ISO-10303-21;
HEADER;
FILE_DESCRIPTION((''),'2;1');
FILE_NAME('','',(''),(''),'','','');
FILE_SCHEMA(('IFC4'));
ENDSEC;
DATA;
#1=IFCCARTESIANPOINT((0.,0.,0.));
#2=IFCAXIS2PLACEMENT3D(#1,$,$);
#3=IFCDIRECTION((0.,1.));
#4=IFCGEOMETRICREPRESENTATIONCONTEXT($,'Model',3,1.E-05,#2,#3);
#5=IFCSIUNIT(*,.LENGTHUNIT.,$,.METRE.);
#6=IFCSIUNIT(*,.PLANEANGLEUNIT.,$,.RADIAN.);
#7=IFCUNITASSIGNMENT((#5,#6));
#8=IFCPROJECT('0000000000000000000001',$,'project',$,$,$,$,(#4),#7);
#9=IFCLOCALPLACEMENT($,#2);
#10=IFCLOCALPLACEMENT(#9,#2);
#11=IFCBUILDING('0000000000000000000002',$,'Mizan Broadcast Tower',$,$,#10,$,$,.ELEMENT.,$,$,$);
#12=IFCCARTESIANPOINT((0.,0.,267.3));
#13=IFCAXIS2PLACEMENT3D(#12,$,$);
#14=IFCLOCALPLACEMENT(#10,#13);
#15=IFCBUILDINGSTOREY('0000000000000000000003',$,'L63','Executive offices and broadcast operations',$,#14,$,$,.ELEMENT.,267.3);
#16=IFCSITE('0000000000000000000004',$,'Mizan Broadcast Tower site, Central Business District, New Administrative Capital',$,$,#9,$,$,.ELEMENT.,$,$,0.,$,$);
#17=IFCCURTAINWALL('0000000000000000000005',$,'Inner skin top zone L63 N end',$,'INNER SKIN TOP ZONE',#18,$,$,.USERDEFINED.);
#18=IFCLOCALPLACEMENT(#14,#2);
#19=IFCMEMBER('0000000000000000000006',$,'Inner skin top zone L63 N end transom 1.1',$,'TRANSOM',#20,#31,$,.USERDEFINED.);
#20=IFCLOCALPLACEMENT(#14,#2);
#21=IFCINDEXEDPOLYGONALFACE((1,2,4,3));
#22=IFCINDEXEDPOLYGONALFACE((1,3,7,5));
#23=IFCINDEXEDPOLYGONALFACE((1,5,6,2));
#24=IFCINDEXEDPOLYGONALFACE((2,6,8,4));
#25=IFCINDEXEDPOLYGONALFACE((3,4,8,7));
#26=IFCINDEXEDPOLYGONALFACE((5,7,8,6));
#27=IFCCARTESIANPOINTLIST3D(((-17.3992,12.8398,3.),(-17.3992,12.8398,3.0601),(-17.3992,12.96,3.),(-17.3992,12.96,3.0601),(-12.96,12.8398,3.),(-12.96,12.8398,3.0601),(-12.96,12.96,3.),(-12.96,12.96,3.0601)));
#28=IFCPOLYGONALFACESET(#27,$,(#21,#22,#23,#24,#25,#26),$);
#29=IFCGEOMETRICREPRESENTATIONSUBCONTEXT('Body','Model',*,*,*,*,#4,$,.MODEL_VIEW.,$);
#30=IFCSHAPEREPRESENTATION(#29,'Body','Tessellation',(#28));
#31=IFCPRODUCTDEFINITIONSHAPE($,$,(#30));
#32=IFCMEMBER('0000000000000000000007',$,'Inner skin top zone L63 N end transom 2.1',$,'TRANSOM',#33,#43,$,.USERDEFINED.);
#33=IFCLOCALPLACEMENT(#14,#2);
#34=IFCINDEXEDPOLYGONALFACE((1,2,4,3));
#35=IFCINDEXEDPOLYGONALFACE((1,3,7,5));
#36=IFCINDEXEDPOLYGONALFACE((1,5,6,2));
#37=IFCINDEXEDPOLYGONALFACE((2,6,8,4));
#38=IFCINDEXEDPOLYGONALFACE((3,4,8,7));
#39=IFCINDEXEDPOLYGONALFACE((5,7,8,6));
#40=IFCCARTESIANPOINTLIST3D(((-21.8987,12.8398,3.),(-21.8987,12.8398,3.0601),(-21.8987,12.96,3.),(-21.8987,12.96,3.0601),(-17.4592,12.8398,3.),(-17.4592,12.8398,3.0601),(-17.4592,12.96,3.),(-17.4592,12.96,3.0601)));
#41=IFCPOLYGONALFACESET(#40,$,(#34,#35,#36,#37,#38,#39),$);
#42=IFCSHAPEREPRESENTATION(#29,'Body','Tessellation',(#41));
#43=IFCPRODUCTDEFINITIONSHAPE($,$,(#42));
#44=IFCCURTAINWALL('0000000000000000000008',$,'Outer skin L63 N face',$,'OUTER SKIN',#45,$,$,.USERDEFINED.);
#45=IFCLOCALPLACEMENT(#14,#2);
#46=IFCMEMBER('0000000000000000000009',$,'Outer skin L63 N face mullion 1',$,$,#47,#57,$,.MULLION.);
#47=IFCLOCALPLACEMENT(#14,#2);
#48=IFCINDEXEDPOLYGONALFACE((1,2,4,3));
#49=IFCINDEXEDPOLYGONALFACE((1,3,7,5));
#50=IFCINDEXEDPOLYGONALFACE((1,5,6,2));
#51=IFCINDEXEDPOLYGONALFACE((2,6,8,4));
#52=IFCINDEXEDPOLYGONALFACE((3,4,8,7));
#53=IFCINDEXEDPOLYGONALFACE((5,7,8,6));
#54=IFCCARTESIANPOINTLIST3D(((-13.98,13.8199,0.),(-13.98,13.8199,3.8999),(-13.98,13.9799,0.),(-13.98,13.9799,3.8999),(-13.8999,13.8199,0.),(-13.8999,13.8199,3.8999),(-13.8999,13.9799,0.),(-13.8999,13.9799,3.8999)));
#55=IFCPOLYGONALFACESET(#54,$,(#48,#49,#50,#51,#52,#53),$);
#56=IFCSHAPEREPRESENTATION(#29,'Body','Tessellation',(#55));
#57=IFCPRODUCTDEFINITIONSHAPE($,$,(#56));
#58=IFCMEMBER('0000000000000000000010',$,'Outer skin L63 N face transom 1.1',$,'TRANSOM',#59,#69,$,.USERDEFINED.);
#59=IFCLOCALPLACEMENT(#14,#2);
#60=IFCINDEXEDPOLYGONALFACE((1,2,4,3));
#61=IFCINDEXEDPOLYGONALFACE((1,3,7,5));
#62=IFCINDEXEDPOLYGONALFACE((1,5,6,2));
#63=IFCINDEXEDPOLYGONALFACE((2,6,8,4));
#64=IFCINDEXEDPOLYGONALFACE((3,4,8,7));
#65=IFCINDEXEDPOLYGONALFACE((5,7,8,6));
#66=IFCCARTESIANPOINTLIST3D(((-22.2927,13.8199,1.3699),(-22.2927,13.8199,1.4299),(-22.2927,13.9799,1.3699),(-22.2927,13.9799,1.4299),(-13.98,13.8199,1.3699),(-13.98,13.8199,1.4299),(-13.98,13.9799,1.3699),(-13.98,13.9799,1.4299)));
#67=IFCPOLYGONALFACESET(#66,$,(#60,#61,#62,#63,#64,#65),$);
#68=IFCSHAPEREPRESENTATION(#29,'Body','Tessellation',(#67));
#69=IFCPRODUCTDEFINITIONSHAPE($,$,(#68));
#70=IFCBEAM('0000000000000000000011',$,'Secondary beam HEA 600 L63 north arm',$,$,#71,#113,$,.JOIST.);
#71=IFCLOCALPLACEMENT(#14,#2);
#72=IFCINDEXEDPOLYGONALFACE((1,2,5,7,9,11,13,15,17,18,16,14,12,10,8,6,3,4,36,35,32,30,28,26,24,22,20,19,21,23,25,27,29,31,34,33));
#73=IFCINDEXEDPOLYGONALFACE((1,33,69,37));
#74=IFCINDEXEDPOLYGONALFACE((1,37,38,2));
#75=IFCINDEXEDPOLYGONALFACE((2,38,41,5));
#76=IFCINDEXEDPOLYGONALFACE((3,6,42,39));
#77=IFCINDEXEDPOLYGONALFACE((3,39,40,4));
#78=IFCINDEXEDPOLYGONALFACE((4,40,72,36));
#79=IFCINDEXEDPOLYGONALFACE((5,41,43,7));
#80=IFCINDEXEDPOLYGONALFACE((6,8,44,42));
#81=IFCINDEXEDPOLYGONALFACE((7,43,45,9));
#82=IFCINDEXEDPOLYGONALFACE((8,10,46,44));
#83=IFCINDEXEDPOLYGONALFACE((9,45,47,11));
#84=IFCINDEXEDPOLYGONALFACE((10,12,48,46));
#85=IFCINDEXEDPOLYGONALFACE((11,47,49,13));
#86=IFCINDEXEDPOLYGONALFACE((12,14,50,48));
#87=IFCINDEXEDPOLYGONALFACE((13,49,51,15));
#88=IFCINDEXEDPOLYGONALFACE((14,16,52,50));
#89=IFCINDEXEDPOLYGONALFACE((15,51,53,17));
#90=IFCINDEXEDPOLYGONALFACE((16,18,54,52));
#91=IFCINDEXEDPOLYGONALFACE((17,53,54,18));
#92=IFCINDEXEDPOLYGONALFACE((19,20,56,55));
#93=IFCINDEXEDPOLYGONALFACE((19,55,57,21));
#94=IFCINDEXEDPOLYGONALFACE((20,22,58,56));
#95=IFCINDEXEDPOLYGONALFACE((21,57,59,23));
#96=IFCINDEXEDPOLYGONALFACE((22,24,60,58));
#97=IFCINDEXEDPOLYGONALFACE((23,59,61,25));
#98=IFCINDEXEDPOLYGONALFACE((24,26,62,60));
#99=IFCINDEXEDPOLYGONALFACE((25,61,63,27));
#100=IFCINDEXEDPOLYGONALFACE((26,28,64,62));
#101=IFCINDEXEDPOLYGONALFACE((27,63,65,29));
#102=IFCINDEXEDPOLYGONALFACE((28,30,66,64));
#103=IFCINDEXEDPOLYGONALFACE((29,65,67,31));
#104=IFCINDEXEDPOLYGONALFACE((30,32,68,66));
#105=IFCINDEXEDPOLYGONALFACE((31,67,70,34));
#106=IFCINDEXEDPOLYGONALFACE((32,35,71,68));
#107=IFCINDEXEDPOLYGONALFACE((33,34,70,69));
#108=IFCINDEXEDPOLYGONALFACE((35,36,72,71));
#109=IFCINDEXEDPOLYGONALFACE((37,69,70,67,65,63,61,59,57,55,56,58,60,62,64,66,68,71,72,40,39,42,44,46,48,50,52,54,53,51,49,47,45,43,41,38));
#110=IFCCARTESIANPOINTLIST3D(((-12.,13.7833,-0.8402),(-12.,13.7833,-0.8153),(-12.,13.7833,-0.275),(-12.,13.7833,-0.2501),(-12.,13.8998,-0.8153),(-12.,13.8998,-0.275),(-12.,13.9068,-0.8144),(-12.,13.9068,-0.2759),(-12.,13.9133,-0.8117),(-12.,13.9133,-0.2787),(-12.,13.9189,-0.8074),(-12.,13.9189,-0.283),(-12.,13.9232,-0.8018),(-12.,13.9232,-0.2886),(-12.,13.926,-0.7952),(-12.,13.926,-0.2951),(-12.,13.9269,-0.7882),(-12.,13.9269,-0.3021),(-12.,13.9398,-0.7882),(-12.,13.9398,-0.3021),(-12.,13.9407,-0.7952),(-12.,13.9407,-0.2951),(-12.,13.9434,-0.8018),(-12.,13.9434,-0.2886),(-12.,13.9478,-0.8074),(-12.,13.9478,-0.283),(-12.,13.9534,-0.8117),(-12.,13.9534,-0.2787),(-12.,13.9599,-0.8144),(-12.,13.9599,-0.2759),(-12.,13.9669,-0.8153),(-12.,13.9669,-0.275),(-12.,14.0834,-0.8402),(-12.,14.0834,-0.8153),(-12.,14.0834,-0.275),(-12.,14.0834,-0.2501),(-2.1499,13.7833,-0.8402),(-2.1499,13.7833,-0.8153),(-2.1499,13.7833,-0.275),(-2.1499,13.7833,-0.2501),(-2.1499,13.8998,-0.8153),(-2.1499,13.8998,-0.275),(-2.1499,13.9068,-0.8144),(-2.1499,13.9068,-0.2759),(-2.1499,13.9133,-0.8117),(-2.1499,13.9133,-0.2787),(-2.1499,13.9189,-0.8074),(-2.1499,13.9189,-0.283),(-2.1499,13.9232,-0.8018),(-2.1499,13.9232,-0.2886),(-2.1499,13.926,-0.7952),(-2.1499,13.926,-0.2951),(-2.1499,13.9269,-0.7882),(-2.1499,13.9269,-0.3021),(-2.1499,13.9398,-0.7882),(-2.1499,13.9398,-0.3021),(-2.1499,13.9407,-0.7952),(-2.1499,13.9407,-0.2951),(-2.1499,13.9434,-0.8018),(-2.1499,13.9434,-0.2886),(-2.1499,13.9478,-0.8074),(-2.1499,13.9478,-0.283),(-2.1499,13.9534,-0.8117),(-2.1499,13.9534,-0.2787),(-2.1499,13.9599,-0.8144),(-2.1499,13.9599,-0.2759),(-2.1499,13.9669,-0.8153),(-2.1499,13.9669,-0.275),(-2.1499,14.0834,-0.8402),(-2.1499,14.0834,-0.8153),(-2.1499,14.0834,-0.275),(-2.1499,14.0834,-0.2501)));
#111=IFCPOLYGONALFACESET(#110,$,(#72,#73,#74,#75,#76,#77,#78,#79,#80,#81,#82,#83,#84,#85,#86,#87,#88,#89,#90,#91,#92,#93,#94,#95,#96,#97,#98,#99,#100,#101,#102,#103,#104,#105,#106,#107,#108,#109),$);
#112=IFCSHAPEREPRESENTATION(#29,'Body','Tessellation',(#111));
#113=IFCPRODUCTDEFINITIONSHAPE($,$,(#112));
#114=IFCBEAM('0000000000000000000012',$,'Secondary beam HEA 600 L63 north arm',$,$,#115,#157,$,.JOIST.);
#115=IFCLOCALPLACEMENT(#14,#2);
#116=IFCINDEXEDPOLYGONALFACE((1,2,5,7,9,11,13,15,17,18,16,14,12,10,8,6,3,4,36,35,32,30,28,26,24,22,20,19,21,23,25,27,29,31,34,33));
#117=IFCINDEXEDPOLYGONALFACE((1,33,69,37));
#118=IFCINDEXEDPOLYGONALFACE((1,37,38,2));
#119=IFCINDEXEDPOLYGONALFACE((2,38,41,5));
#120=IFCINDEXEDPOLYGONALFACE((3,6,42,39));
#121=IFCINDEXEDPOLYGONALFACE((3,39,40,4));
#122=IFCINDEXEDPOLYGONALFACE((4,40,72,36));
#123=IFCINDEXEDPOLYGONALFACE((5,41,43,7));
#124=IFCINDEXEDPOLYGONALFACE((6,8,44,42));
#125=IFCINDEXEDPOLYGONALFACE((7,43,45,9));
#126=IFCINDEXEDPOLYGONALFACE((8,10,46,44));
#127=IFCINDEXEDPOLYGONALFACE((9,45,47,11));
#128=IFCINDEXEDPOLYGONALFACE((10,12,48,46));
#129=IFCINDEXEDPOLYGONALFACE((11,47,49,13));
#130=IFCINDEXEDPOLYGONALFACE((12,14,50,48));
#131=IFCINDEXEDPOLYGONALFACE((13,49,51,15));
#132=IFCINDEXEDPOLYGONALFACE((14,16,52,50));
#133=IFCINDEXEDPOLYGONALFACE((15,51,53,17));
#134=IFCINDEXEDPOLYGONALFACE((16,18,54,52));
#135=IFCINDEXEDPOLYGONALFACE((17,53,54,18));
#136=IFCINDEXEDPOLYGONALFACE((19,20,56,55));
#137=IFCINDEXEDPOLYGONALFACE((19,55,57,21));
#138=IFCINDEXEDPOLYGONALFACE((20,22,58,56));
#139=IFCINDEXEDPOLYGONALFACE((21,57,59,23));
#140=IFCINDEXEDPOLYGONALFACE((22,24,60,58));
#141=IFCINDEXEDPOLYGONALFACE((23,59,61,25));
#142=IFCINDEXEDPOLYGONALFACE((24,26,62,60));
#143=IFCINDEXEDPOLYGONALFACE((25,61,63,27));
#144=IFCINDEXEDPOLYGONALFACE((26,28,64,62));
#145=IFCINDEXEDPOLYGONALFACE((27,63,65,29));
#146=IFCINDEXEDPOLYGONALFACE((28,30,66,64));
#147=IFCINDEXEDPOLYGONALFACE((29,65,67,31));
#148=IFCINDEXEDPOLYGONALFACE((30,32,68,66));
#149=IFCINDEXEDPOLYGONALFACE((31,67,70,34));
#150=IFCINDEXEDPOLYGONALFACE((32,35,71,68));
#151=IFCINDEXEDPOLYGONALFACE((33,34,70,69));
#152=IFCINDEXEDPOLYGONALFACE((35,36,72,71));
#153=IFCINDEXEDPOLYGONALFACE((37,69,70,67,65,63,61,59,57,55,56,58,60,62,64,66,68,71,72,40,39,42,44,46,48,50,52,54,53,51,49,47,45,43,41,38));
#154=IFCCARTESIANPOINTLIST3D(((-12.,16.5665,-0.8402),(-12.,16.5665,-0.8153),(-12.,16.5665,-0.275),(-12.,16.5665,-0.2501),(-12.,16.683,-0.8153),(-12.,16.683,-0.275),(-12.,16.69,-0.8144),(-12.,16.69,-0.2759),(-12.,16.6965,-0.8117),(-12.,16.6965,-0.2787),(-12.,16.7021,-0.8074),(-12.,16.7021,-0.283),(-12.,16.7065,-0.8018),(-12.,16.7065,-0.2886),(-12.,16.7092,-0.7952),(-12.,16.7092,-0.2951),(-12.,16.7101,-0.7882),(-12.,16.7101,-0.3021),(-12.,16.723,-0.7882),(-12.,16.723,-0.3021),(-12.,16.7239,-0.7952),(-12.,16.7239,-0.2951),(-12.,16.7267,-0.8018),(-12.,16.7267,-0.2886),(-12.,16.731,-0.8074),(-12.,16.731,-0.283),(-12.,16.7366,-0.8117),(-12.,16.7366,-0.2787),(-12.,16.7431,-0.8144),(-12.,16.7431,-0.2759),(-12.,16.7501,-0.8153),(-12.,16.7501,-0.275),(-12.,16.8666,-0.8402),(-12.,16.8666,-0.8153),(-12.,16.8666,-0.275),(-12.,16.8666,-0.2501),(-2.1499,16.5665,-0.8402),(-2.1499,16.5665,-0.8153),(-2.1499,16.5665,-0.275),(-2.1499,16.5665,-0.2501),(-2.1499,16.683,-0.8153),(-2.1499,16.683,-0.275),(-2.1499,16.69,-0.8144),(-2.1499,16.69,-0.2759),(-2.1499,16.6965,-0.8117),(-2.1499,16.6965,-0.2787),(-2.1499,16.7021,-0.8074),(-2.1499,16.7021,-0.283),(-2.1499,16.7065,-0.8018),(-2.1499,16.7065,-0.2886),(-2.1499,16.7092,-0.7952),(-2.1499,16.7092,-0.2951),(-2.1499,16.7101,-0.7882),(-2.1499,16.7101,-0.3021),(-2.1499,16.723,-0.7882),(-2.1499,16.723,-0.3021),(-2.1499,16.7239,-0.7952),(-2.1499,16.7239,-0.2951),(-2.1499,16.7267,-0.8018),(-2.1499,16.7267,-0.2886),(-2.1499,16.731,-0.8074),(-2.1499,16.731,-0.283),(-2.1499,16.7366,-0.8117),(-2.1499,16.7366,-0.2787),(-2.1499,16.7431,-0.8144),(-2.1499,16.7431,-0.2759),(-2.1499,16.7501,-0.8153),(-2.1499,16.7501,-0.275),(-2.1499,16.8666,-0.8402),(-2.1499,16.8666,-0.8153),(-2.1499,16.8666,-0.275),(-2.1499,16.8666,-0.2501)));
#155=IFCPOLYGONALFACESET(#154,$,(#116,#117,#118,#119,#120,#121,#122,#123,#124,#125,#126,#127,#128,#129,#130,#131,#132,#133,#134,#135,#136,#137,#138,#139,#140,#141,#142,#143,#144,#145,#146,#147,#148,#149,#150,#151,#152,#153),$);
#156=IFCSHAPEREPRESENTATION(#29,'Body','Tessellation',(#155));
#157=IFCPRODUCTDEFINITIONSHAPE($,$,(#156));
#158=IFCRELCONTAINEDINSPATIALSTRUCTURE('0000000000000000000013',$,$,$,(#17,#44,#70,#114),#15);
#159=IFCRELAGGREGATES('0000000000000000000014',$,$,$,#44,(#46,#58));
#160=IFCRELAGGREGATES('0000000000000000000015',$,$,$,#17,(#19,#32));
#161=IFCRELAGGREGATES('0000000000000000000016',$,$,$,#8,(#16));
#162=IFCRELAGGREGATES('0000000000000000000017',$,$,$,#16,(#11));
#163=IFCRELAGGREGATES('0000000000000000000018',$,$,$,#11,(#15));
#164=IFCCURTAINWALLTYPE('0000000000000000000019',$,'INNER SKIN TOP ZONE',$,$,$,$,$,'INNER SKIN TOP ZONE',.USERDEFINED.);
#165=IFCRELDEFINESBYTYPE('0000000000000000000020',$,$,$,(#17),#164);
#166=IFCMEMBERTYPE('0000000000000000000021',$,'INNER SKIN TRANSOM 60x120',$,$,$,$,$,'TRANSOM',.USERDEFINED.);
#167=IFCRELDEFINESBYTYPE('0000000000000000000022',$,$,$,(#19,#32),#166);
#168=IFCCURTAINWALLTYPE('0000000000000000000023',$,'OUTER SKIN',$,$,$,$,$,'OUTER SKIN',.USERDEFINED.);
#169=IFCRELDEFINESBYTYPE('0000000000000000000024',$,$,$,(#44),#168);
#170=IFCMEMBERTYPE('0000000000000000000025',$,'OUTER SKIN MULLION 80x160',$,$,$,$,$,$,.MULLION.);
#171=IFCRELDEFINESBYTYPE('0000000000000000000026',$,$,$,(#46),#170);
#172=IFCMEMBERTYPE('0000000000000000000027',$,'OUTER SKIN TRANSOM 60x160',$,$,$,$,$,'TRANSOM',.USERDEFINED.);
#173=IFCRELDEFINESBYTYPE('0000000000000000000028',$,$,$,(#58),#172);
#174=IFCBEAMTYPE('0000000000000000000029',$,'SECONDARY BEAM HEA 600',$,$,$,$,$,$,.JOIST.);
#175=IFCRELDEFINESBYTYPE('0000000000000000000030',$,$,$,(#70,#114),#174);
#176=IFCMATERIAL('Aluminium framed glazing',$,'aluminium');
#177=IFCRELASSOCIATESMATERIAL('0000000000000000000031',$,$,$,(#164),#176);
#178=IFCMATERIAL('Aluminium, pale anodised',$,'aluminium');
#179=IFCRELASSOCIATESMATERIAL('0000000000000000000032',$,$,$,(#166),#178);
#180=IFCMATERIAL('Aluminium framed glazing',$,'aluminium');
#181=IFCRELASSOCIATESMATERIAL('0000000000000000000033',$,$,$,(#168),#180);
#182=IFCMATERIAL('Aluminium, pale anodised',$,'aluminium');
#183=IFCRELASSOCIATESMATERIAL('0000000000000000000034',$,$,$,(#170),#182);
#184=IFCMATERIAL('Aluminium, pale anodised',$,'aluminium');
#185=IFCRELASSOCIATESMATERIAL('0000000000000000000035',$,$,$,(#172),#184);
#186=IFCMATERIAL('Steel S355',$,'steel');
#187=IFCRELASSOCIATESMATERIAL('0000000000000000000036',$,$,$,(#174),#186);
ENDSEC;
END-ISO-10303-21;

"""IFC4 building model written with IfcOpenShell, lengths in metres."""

from ifc_helpers import new_model, si_unit, direction, frame, origin, origin_2d, place, context, subcontext, project, spatial, rectangle, i_section, extrude, material, material_profile, profile_set, type_object, element, aggregate, save


model = new_model("IFC4")

# Units and contexts
model_context = context("Model", 3, precision=1e-05, world=origin(), true_north=direction((0.0, 1.0)))
body_context = subcontext(model_context, "Body", "Model", "MODEL_VIEW")
ifc_project = project(units=[si_unit("LENGTHUNIT", "METRE"), si_unit("PLANEANGLEUNIT", "RADIAN")], contexts=[model_context])

# Site, building, storey
site_placement = place(None, origin())
site = spatial("IfcSite", under=ifc_project, at=site_placement, Name="Mizan Broadcast Tower site, Central Business District, New Administrative Capital", CompositionType="ELEMENT", RefElevation=0.0)
building_placement = place(site_placement, origin())
building = spatial("IfcBuilding", under=site, at=building_placement, Name="Mizan Broadcast Tower", CompositionType="ELEMENT")
storey_placement = place(building_placement, frame((0.0, 0.0, 267.3)))
storey = spatial("IfcBuildingStorey", under=building, at=storey_placement, Name="L63", Description="Executive offices and broadcast operations", CompositionType="ELEMENT", Elevation=267.3)

# Curtain walls, members
ifc_material_1 = material(Name="Aluminium framed glazing", Category="aluminium")
curtain_wall_type_1 = type_object("IfcCurtainWallType", Name="INNER SKIN TOP ZONE", ElementType="INNER SKIN TOP ZONE", PredefinedType="USERDEFINED", material=ifc_material_1)
curtain_wall_1_placement = place(storey_placement, origin())
curtain_wall_1 = element("IfcCurtainWall", 1, at=curtain_wall_1_placement, inside=storey, type_object=curtain_wall_type_1, Name="Inner skin top zone L63 N end", ObjectType="INNER SKIN TOP ZONE", PredefinedType="USERDEFINED")
ifc_material_2 = material(Name="Aluminium, pale anodised", Category="aluminium")
ifc_material_profile_1 = material_profile(ifc_material_2, rectangle(XDim=0.1201, YDim=0.0601, at=origin_2d()), Name="TRANSOM 120x60")
ifc_profile_set_1 = profile_set([ifc_material_profile_1], Name="Aluminium, pale anodised")
member_type_1 = type_object("IfcMemberType", Name="INNER SKIN TRANSOM 60x120", ElementType="TRANSOM", PredefinedType="USERDEFINED", material=ifc_profile_set_1)
member_1_placement = place(storey_placement, frame((-12.96, 12.8999, 3.03), z_axis=(-1.0, 0.0, 0.0), x_axis=(0.0, -1.0, 0.0)))
member_1 = element("IfcMember", 2, at=member_1_placement, type_object=member_type_1, Name="Inner skin top zone L63 N end transom 1.1", ObjectType="TRANSOM", PredefinedType="USERDEFINED", context=body_context, shape_type="SweptSolid", body=[
    extrude(rectangle(XDim=0.1201, YDim=0.0601, at=origin_2d()), origin(), (0.0, 0.0, 1.0), 4.4392),
])
member_2_placement = place(storey_placement, frame((-17.4592, 12.8999, 3.03), z_axis=(-1.0, 0.0, 0.0), x_axis=(0.0, -1.0, 0.0)))
member_2 = element("IfcMember", 3, at=member_2_placement, type_object=member_type_1, Name="Inner skin top zone L63 N end transom 2.1", ObjectType="TRANSOM", PredefinedType="USERDEFINED", context=body_context, shape_type="SweptSolid", body=[
    extrude(rectangle(XDim=0.1201, YDim=0.0601, at=origin_2d()), origin(), (0.0, 0.0, 1.0), 4.4395),
])
ifc_material_3 = material(Name="Aluminium framed glazing", Category="aluminium")
curtain_wall_type_2 = type_object("IfcCurtainWallType", Name="OUTER SKIN", ElementType="OUTER SKIN", PredefinedType="USERDEFINED", material=ifc_material_3)
curtain_wall_2_placement = place(storey_placement, origin())
curtain_wall_2 = element("IfcCurtainWall", 4, at=curtain_wall_2_placement, inside=storey, type_object=curtain_wall_type_2, Name="Outer skin L63 N face", ObjectType="OUTER SKIN", PredefinedType="USERDEFINED")
ifc_material_4 = material(Name="Aluminium, pale anodised", Category="aluminium")
ifc_material_profile_2 = material_profile(ifc_material_4, rectangle(XDim=0.1599, YDim=0.0801, at=origin_2d()), Name="MULLION 160x80")
ifc_profile_set_2 = profile_set([ifc_material_profile_2], Name="Aluminium, pale anodised")
member_type_2 = type_object("IfcMemberType", Name="OUTER SKIN MULLION 80x160", PredefinedType="MULLION", material=ifc_profile_set_2)
member_3_placement = place(storey_placement, frame((-13.9399, 13.8999, 0.0), z_axis=(0.0, 0.0, 1.0), x_axis=(0.0, -1.0, 0.0)))
member_3 = element("IfcMember", 5, at=member_3_placement, type_object=member_type_2, Name="Outer skin L63 N face mullion 1", PredefinedType="MULLION", context=body_context, shape_type="SweptSolid", body=[
    extrude(rectangle(XDim=0.1599, YDim=0.0801, at=origin_2d()), origin(), (0.0, 0.0, 1.0), 3.8999),
])
ifc_material_5 = material(Name="Aluminium, pale anodised", Category="aluminium")
ifc_material_profile_3 = material_profile(ifc_material_5, rectangle(XDim=0.1599, YDim=0.0601, at=origin_2d()), Name="TRANSOM 160x60")
ifc_profile_set_3 = profile_set([ifc_material_profile_3], Name="Aluminium, pale anodised")
member_type_3 = type_object("IfcMemberType", Name="OUTER SKIN TRANSOM 60x160", ElementType="TRANSOM", PredefinedType="USERDEFINED", material=ifc_profile_set_3)
member_4_placement = place(storey_placement, frame((-13.98, 13.8999, 1.3999), z_axis=(-1.0, 0.0, 0.0), x_axis=(0.0, -1.0, 0.0)))
member_4 = element("IfcMember", 6, at=member_4_placement, type_object=member_type_3, Name="Outer skin L63 N face transom 1.1", ObjectType="TRANSOM", PredefinedType="USERDEFINED", context=body_context, shape_type="SweptSolid", body=[
    extrude(rectangle(XDim=0.1599, YDim=0.0601, at=origin_2d()), origin(), (0.0, 0.0, 1.0), 8.3127),
])
aggregate(curtain_wall_2, [member_3, member_4])

# Beams
ifc_material_6 = material(Name="Steel S355", Category="steel")
ifc_material_profile_4 = material_profile(ifc_material_6, i_section(OverallWidth=0.3, OverallDepth=0.5901, WebThickness=0.0129, FlangeThickness=0.0249, FilletRadius=0.0271, at=origin_2d()), Name="HEA 600")
ifc_profile_set_4 = profile_set([ifc_material_profile_4], Name="Steel S355")
beam_type_1 = type_object("IfcBeamType", Name="SECONDARY BEAM HEA 600", PredefinedType="JOIST", material=ifc_profile_set_4)
for number, where, z_axis, x_axis, name in (
    (7, (-12.0, 13.9333, -0.5452), (1.0, 0.0, 0.0), (0.0, 1.0, 0.0), "Secondary beam HEA 600 L63 north arm"),
    (8, (-12.0, 16.7166, -0.5452), (1.0, 0.0, 0.0), (0.0, 1.0, 0.0), "Secondary beam HEA 600 L63 north arm"),
):
    element("IfcBeam", number, at=place(storey_placement, frame(where, z_axis=z_axis, x_axis=x_axis)), inside=storey, type_object=beam_type_1, Name=name, PredefinedType="JOIST", context=body_context, shape_type="SweptSolid", body=[
        extrude(i_section(OverallWidth=0.3, OverallDepth=0.5901, WebThickness=0.0129, FlangeThickness=0.0249, FilletRadius=0.0271, at=origin_2d()), origin(), (0.0, 0.0, 1.0), 9.8501),
    ])

aggregate(curtain_wall_1, [member_1, member_2])

save(model, "model.ifc")
